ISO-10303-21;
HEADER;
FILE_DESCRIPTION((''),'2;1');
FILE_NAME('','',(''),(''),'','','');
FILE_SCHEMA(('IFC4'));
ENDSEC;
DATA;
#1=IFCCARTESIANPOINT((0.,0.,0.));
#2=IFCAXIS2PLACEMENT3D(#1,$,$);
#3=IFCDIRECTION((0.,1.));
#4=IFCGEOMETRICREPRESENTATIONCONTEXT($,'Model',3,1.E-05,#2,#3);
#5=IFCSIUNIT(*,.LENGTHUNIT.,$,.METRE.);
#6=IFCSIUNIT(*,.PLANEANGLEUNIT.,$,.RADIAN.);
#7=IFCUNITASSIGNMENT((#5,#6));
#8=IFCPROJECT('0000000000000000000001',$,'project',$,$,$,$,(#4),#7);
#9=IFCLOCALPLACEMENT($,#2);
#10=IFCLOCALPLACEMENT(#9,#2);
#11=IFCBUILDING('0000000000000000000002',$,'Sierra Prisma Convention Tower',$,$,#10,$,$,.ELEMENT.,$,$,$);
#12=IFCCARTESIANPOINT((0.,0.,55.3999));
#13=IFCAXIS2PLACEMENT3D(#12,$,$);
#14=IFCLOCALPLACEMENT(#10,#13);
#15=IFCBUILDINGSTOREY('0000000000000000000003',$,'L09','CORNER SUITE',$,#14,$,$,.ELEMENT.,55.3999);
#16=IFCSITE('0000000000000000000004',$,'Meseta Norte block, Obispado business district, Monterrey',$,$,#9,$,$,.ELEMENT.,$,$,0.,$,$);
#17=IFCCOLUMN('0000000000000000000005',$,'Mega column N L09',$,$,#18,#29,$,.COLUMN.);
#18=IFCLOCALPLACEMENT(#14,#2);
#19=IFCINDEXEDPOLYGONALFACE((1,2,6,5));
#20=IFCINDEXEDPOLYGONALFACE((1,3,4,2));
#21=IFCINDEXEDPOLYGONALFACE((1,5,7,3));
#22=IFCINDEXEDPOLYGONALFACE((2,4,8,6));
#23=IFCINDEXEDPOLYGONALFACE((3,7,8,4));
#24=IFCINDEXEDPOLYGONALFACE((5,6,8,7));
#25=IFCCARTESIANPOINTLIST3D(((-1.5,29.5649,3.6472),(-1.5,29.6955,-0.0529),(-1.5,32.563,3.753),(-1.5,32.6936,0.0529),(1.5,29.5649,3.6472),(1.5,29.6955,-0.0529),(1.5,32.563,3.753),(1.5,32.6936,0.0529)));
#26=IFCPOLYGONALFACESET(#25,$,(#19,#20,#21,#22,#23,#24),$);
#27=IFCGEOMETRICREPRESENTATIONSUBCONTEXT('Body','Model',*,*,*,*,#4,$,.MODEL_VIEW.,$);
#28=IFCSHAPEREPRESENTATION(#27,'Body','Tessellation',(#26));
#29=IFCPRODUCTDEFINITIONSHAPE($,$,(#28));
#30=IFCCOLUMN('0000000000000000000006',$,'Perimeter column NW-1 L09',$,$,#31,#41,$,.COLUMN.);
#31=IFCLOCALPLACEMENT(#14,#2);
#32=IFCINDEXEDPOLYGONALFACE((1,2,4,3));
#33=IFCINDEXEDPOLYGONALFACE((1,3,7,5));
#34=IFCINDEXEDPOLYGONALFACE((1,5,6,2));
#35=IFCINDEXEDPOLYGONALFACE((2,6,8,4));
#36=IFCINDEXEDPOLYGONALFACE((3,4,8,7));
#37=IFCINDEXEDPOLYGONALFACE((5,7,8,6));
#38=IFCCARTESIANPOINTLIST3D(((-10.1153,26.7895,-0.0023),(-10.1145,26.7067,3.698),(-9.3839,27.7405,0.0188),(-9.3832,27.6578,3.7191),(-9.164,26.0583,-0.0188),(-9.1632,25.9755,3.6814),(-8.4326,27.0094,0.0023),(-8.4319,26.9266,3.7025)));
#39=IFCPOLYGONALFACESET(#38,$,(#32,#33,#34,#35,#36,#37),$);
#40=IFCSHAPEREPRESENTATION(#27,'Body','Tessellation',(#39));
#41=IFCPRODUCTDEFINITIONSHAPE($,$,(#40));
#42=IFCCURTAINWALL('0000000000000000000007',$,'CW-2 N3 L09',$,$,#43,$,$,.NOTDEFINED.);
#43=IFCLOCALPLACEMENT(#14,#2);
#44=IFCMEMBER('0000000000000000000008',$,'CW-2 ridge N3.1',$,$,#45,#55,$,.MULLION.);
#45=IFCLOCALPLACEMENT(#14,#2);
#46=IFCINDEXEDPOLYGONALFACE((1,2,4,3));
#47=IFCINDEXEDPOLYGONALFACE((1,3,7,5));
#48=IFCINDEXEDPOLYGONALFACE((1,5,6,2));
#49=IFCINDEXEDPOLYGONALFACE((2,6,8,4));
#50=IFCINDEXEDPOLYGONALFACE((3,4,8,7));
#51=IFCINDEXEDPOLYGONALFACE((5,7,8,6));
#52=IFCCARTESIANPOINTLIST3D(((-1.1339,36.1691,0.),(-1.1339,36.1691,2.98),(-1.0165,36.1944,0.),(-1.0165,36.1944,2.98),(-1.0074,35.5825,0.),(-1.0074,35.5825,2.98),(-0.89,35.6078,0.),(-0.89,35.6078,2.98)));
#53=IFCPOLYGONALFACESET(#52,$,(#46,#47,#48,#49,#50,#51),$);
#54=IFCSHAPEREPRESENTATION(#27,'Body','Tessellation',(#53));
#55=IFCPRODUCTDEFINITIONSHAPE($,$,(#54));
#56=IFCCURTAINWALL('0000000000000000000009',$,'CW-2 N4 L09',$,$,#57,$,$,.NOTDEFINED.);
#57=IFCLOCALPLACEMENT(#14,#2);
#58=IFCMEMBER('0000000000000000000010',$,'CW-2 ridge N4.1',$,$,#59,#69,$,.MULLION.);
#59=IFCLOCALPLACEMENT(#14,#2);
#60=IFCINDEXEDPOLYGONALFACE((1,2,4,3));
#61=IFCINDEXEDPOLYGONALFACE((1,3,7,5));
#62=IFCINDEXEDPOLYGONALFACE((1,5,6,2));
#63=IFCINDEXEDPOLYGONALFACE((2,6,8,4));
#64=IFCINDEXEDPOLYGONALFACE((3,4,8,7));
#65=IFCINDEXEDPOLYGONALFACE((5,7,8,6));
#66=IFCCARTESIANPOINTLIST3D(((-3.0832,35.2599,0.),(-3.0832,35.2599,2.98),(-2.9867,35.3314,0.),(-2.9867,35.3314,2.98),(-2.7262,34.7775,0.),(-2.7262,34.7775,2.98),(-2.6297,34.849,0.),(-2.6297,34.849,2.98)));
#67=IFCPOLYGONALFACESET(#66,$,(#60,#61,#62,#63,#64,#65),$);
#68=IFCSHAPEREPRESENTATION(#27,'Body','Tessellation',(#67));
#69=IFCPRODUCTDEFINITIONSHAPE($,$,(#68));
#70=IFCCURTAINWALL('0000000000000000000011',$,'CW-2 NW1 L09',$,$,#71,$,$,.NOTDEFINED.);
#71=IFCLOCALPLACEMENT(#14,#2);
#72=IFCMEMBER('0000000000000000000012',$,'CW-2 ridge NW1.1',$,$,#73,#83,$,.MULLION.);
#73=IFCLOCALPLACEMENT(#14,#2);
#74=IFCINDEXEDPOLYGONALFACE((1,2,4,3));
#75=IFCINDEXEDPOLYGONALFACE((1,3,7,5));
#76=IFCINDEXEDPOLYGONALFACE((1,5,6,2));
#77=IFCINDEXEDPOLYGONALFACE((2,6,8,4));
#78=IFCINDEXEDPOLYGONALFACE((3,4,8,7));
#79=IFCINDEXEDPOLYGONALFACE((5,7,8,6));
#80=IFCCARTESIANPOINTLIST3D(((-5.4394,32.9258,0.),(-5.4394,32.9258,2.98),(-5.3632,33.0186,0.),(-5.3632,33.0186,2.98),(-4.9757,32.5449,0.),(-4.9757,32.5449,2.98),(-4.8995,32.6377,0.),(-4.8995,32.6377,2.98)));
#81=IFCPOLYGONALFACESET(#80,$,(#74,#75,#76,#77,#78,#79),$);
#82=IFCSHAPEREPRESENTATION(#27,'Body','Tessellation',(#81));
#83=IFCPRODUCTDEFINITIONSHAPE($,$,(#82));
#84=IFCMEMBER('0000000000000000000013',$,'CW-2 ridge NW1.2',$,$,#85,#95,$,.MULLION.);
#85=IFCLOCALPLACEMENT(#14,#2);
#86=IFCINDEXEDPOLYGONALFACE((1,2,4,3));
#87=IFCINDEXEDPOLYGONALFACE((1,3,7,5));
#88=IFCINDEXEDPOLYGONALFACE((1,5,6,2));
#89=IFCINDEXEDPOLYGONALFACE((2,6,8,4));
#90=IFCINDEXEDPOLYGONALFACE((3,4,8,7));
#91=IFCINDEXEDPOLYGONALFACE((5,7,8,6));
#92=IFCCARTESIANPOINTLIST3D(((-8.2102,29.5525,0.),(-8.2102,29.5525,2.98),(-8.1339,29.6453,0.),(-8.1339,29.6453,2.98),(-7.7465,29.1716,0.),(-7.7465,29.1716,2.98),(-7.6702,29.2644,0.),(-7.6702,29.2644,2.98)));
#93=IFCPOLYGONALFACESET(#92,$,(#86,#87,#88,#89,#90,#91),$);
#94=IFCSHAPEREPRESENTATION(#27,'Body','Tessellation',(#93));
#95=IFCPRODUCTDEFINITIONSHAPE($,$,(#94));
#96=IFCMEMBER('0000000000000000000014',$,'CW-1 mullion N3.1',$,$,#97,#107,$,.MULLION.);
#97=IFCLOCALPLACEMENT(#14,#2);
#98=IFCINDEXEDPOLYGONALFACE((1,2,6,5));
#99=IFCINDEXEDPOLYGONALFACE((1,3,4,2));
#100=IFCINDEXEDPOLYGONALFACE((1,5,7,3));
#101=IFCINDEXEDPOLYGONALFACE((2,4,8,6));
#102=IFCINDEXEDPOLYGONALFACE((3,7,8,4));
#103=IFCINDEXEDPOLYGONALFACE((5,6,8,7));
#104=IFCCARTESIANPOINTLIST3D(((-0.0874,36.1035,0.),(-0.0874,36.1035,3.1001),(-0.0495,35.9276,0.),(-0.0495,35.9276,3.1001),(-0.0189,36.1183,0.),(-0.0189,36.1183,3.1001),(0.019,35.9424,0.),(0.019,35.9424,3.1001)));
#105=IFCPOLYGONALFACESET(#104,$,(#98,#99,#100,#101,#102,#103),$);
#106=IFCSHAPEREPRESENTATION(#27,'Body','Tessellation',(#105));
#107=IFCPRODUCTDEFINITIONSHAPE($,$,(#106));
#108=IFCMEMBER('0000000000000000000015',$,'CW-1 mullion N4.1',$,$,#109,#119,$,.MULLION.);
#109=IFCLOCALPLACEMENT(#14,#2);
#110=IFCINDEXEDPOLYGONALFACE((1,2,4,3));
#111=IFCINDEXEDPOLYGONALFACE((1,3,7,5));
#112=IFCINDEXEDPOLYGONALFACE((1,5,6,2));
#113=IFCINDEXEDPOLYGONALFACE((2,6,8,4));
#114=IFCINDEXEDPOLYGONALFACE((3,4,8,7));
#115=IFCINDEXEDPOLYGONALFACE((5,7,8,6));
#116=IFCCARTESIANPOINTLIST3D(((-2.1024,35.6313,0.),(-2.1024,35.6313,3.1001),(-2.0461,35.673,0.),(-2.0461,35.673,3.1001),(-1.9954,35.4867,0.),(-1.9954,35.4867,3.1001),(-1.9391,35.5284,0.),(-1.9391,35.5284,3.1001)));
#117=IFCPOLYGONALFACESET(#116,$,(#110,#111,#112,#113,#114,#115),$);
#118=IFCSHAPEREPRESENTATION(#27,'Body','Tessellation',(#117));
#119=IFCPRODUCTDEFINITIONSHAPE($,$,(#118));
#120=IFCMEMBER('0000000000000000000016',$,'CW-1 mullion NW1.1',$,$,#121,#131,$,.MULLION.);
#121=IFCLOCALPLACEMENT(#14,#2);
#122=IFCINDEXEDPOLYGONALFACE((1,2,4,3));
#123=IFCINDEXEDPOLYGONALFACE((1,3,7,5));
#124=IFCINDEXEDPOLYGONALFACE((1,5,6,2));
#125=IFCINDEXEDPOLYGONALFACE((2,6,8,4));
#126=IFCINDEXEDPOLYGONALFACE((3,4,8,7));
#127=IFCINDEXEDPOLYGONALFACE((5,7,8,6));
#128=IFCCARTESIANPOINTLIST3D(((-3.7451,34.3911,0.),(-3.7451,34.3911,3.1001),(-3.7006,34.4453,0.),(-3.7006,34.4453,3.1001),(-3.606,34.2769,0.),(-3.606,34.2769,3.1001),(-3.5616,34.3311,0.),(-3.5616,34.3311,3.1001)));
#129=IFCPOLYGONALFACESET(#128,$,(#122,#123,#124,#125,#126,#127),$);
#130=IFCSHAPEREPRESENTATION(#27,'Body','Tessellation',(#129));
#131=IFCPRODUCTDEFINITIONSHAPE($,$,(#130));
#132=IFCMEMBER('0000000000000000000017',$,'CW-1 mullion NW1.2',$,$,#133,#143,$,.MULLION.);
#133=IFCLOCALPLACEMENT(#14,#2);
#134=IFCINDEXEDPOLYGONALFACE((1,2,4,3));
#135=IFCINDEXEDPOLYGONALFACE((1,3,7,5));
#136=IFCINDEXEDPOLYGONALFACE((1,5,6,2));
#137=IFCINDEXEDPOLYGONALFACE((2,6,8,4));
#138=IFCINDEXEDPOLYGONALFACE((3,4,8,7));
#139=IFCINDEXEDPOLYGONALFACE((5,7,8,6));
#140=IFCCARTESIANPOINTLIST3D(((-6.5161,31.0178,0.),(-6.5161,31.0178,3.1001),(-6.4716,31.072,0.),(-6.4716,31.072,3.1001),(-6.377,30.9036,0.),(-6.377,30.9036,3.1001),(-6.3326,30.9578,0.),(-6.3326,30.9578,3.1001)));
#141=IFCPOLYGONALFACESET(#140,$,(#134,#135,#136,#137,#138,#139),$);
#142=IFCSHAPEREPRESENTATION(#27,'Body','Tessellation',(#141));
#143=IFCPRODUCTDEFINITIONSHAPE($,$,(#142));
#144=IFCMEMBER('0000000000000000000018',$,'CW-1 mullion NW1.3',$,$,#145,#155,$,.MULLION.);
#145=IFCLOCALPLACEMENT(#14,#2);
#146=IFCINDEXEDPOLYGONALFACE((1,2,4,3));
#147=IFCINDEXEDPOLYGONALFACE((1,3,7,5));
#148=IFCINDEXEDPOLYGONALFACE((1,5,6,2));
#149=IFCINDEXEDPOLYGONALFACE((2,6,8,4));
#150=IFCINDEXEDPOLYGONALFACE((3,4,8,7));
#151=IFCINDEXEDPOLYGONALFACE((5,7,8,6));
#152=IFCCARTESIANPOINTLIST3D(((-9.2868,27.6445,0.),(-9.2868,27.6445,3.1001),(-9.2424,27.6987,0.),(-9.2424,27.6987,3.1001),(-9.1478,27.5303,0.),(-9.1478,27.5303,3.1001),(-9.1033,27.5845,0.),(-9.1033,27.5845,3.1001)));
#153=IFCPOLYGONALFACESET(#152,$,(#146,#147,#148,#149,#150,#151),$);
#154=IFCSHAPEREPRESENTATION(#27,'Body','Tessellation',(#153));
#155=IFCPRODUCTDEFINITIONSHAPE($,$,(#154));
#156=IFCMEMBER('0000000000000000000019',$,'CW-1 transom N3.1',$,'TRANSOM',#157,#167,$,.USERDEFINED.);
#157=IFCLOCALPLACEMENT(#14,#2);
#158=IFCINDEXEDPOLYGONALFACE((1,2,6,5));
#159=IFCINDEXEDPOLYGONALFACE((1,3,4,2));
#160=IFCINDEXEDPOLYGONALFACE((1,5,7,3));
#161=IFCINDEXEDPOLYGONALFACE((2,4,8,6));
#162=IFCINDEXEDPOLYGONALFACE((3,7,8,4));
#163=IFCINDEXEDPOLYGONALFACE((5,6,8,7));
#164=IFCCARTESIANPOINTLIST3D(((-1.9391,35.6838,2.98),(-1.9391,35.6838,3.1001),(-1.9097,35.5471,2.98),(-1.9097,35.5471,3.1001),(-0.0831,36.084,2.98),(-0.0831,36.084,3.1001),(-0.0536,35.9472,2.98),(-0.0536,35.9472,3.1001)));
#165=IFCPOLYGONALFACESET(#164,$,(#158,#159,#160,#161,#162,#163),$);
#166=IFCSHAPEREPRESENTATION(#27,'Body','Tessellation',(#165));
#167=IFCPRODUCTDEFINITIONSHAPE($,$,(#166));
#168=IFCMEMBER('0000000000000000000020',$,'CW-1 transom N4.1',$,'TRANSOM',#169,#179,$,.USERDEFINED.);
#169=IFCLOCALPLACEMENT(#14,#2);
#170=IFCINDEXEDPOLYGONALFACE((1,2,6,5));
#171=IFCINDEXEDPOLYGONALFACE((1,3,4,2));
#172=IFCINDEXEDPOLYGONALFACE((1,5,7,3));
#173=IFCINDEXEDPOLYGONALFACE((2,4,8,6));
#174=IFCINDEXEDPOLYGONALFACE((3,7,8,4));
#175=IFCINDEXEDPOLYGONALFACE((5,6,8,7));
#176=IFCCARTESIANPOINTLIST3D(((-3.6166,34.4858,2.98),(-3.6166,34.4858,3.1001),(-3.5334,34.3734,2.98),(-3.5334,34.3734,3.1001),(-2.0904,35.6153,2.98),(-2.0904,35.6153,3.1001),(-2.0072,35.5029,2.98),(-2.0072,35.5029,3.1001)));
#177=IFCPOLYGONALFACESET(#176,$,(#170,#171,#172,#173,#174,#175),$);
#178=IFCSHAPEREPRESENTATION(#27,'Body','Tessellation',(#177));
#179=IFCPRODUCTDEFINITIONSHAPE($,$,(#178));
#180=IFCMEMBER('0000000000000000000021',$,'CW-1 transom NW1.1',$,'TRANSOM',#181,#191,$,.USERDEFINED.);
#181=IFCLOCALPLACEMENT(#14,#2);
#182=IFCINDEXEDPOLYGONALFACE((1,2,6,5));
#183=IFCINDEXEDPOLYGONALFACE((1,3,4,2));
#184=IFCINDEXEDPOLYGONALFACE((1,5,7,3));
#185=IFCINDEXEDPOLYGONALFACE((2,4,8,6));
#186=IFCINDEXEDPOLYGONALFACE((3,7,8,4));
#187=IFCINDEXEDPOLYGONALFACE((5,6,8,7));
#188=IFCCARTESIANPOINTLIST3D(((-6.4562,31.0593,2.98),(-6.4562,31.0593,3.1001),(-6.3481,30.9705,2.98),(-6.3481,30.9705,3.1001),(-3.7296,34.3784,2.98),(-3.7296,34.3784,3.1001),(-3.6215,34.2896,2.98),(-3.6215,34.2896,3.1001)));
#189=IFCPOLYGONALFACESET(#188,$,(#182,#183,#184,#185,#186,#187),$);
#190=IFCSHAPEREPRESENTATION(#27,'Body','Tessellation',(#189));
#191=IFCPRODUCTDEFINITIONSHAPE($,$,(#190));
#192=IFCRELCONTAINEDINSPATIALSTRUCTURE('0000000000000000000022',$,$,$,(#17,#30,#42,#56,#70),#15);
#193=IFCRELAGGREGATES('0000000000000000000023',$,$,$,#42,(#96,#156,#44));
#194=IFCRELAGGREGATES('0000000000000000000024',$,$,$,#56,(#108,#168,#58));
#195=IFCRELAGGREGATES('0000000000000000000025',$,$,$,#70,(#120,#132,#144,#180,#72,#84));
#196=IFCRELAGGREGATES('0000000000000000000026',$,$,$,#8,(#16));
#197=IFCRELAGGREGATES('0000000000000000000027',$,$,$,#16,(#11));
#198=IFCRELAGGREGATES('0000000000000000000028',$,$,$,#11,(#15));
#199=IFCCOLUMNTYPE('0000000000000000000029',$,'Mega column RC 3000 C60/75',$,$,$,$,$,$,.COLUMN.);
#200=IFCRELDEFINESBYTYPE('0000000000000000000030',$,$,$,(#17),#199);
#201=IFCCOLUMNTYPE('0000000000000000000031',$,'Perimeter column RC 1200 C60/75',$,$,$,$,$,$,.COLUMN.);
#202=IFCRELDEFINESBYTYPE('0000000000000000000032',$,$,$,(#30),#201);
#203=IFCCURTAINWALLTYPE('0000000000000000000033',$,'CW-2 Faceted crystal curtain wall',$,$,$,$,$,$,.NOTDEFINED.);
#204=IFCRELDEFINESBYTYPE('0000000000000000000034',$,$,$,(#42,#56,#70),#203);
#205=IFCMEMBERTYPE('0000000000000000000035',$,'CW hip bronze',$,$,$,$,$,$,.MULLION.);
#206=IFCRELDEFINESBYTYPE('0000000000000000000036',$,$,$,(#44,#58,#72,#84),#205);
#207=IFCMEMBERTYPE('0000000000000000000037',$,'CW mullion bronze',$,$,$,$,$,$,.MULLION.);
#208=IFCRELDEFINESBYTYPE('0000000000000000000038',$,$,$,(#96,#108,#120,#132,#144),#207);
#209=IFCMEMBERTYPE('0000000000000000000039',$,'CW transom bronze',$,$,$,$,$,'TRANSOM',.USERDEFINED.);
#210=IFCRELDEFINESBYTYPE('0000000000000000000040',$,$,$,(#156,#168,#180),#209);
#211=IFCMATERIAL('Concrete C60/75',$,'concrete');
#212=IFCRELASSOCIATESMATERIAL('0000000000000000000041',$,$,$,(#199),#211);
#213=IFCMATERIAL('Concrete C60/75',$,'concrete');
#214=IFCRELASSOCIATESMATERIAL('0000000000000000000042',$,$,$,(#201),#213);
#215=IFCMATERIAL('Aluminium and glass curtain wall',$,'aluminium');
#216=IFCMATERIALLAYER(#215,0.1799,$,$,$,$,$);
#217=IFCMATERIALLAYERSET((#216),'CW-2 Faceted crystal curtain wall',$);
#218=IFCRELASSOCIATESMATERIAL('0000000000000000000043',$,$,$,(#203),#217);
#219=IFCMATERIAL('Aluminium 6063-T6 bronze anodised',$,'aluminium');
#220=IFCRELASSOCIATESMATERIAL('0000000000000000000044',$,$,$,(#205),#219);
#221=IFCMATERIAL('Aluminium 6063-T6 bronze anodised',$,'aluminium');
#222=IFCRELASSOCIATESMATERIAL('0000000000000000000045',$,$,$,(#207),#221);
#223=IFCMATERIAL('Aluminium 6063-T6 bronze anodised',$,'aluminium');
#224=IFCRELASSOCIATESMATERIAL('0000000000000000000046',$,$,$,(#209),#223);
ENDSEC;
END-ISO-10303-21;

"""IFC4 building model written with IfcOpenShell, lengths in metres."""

from ifc_helpers import new_model, si_unit, direction, frame, origin, origin_2d, place, context, subcontext, project, spatial, rectangle, extrude, material, layer, layer_set, material_profile, profile_set, type_object, element, aggregate, save


model = new_model("IFC4")

# Units and contexts
model_context = context("Model", 3, precision=1e-05, world=origin(), true_north=direction((0.0, 1.0)))
body_context = subcontext(model_context, "Body", "Model", "MODEL_VIEW")
ifc_project = project(units=[si_unit("LENGTHUNIT", "METRE"), si_unit("PLANEANGLEUNIT", "RADIAN")], contexts=[model_context])

# Site, building, storey
site_placement = place(None, origin())
site = spatial("IfcSite", under=ifc_project, at=site_placement, Name="Meseta Norte block, Obispado business district, Monterrey", CompositionType="ELEMENT", RefElevation=0.0)
building_placement = place(site_placement, origin())
building = spatial("IfcBuilding", under=site, at=building_placement, Name="Sierra Prisma Convention Tower", CompositionType="ELEMENT")
storey_placement = place(building_placement, frame((0.0, 0.0, 55.3999)))
storey = spatial("IfcBuildingStorey", under=building, at=storey_placement, Name="L09", Description="CORNER SUITE", CompositionType="ELEMENT", Elevation=55.3999)

# Columns
ifc_material_1 = material(Name="Concrete C60/75", Category="concrete")
ifc_material_profile_1 = material_profile(ifc_material_1, rectangle(XDim=3.0, YDim=3.0, at=origin_2d()), Name="Mega column RC 3000 C60/75")
ifc_profile_set_1 = profile_set([ifc_material_profile_1], Name="Concrete C60/75")
column_type_1 = type_object("IfcColumnType", Name="Mega column RC 3000 C60/75", PredefinedType="COLUMN", material=ifc_profile_set_1)
column_1_placement = place(storey_placement, frame((0.0, 31.1946, 0.0), z_axis=(0.0, -0.035278, 0.999378), x_axis=(1.0, 0.0, 0.0)))
element("IfcColumn", 1, at=column_1_placement, inside=storey, type_object=column_type_1, Name="Mega column N L09", PredefinedType="COLUMN", context=body_context, shape_type="SweptSolid", body=[
    extrude(rectangle(XDim=3.0, YDim=3.0, at=origin_2d()), origin(), (0.0, 0.0, 1.0), 3.7024),
])
ifc_material_2 = material(Name="Concrete C60/75", Category="concrete")
ifc_material_profile_2 = material_profile(ifc_material_2, rectangle(XDim=1.2, YDim=1.2, at=origin_2d()), Name="Perimeter column RC 1200 C60/75")
ifc_profile_set_2 = profile_set([ifc_material_profile_2], Name="Concrete C60/75")
column_type_2 = type_object("IfcColumnType", Name="Perimeter column RC 1200 C60/75", PredefinedType="COLUMN", material=ifc_profile_set_2)
column_2_placement = place(storey_placement, frame((-9.2739, 26.8994, 0.0), z_axis=(0.000198, -0.022362, 0.99975), x_axis=(0.609501, 0.79259, 0.017608)))
element("IfcColumn", 2, at=column_2_placement, inside=storey, type_object=column_type_2, Name="Perimeter column NW-1 L09", PredefinedType="COLUMN", context=body_context, shape_type="SweptSolid", body=[
    extrude(rectangle(XDim=1.2, YDim=1.2, at=origin_2d()), origin(), (0.0, 0.0, 1.0), 3.7012),
])

# Curtain walls, members
ifc_material_3 = material(Name="Aluminium and glass curtain wall", Category="aluminium")
ifc_layer_1 = layer(ifc_material_3, 0.1799)
ifc_layer_set_1 = layer_set([ifc_layer_1], Name="CW-2 Faceted crystal curtain wall")
curtain_wall_type = type_object("IfcCurtainWallType", Name="CW-2 Faceted crystal curtain wall", PredefinedType="NOTDEFINED", material=ifc_layer_set_1)
curtain_wall_1_placement = place(storey_placement, origin())
curtain_wall_1 = element("IfcCurtainWall", 3, at=curtain_wall_1_placement, inside=storey, type_object=curtain_wall_type, Name="CW-2 N3 L09", PredefinedType="NOTDEFINED")
ifc_material_4 = material(Name="Aluminium 6063-T6 bronze anodised", Category="aluminium")
ifc_material_profile_3 = material_profile(ifc_material_4, rectangle(XDim=0.1201, YDim=0.6001, at=origin_2d()), Name="ALU RIDGE BLADE 120x600")
ifc_profile_set_3 = profile_set([ifc_material_profile_3], Name="Aluminium 6063-T6 bronze anodised")
member_type_1 = type_object("IfcMemberType", Name="CW hip bronze", PredefinedType="MULLION", material=ifc_profile_set_3)
member_1_placement = place(storey_placement, frame((-1.012, 35.8884, 0.0), z_axis=(0.0, 0.0, 1.0), x_axis=(-0.977536, -0.21077, 0.0)))
member_1 = element("IfcMember", 4, at=member_1_placement, type_object=member_type_1, Name="CW-2 ridge N3.1", PredefinedType="MULLION", context=body_context, shape_type="SweptSolid", body=[
    extrude(rectangle(XDim=0.1201, YDim=0.6001, at=origin_2d()), origin(), (0.0, 0.0, 1.0), 2.98),
])
curtain_wall_2_placement = place(storey_placement, origin())
curtain_wall_2 = element("IfcCurtainWall", 5, at=curtain_wall_2_placement, inside=storey, type_object=curtain_wall_type, Name="CW-2 N4 L09", PredefinedType="NOTDEFINED")
member_2_placement = place(storey_placement, frame((-2.8564, 35.0544, 0.0), z_axis=(0.0, 0.0, 1.0), x_axis=(-0.803832, -0.594857, 0.0)))
member_2 = element("IfcMember", 6, at=member_2_placement, type_object=member_type_1, Name="CW-2 ridge N4.1", PredefinedType="MULLION", context=body_context, shape_type="SweptSolid", body=[
    extrude(rectangle(XDim=0.1201, YDim=0.6001, at=origin_2d()), origin(), (0.0, 0.0, 1.0), 2.98),
])

# Curtain wall, members
curtain_wall_3_placement = place(storey_placement, origin())
curtain_wall_3 = element("IfcCurtainWall", 7, at=curtain_wall_3_placement, inside=storey, type_object=curtain_wall_type, Name="CW-2 NW1 L09", PredefinedType="NOTDEFINED")
member_3_placement = place(storey_placement, frame((-5.1694, 32.7817, 0.0), z_axis=(0.0, 0.0, 1.0), x_axis=(-0.634735, -0.77273, 0.0)))
member_3 = element("IfcMember", 8, at=member_3_placement, type_object=member_type_1, Name="CW-2 ridge NW1.1", PredefinedType="MULLION", context=body_context, shape_type="SweptSolid", body=[
    extrude(rectangle(XDim=0.1201, YDim=0.6001, at=origin_2d()), origin(), (0.0, 0.0, 1.0), 2.98),
])
member_4_placement = place(storey_placement, frame((-7.9402, 29.4084, 0.0), z_axis=(0.0, 0.0, 1.0), x_axis=(-0.634735, -0.77273, 0.0)))
member_4 = element("IfcMember", 9, at=member_4_placement, type_object=member_type_1, Name="CW-2 ridge NW1.2", PredefinedType="MULLION", context=body_context, shape_type="SweptSolid", body=[
    extrude(rectangle(XDim=0.1201, YDim=0.6001, at=origin_2d()), origin(), (0.0, 0.0, 1.0), 2.98),
])

# Members
ifc_material_5 = material(Name="Aluminium 6063-T6 bronze anodised", Category="aluminium")
ifc_material_profile_4 = material_profile(ifc_material_5, rectangle(XDim=0.1799, YDim=0.0701, at=origin_2d()), Name="ALU MULLION 70x180")
ifc_profile_set_4 = profile_set([ifc_material_profile_4], Name="Aluminium 6063-T6 bronze anodised")
member_type_2 = type_object("IfcMemberType", Name="CW mullion bronze", PredefinedType="MULLION", material=ifc_profile_set_4)
member_5_placement = place(storey_placement, frame((-0.0342, 36.0229, 0.0), z_axis=(0.0, 0.0, 1.0), x_axis=(0.21077, -0.977536, 0.0)))
member_5 = element("IfcMember", 10, at=member_5_placement, type_object=member_type_2, Name="CW-1 mullion N3.1", PredefinedType="MULLION", context=body_context, shape_type="SweptSolid", body=[
    extrude(rectangle(XDim=0.1799, YDim=0.0701, at=origin_2d()), origin(), (0.0, 0.0, 1.0), 3.1001),
])
member_6_placement = place(storey_placement, frame((-2.0208, 35.5798, 0.0), z_axis=(0.0, 0.0, 1.0), x_axis=(0.594857, -0.803832, 0.0)))
member_6 = element("IfcMember", 11, at=member_6_placement, type_object=member_type_2, Name="CW-1 mullion N4.1", PredefinedType="MULLION", context=body_context, shape_type="SweptSolid", body=[
    extrude(rectangle(XDim=0.1799, YDim=0.0701, at=origin_2d()), origin(), (0.0, 0.0, 1.0), 3.1001),
])
member_7_placement = place(storey_placement, frame((-3.6533, 34.3611, 0.0), z_axis=(0.0, 0.0, 1.0), x_axis=(0.77273, -0.634735, 0.0)))
member_7 = element("IfcMember", 12, at=member_7_placement, type_object=member_type_2, Name="CW-1 mullion NW1.1", PredefinedType="MULLION", context=body_context, shape_type="SweptSolid", body=[
    extrude(rectangle(XDim=0.1799, YDim=0.0701, at=origin_2d()), origin(), (0.0, 0.0, 1.0), 3.1001),
])
member_8_placement = place(storey_placement, frame((-6.4243, 30.9878, 0.0), z_axis=(0.0, 0.0, 1.0), x_axis=(0.77273, -0.634735, 0.0)))
member_8 = element("IfcMember", 13, at=member_8_placement, type_object=member_type_2, Name="CW-1 mullion NW1.2", PredefinedType="MULLION", context=body_context, shape_type="SweptSolid", body=[
    extrude(rectangle(XDim=0.1799, YDim=0.0701, at=origin_2d()), origin(), (0.0, 0.0, 1.0), 3.1001),
])
member_9_placement = place(storey_placement, frame((-9.1951, 27.6145, 0.0), z_axis=(0.0, 0.0, 1.0), x_axis=(0.77273, -0.634735, 0.0)))
member_9 = element("IfcMember", 14, at=member_9_placement, type_object=member_type_2, Name="CW-1 mullion NW1.3", PredefinedType="MULLION", context=body_context, shape_type="SweptSolid", body=[
    extrude(rectangle(XDim=0.1799, YDim=0.0701, at=origin_2d()), origin(), (0.0, 0.0, 1.0), 3.1001),
])
ifc_material_6 = material(Name="Aluminium 6063-T6 bronze anodised", Category="aluminium")
ifc_material_profile_5 = material_profile(ifc_material_6, rectangle(XDim=0.1399, YDim=0.1201, at=origin_2d()), Name="ALU TRANSOM 120x140")
ifc_profile_set_5 = profile_set([ifc_material_profile_5], Name="Aluminium 6063-T6 bronze anodised")
member_type_3 = type_object("IfcMemberType", Name="CW transom bronze", ElementType="TRANSOM", PredefinedType="USERDEFINED", material=ifc_profile_set_5)
member_10_placement = place(storey_placement, frame((-0.0684, 36.0156, 3.04), z_axis=(-0.977538, -0.210758, 0.0), x_axis=(0.210758, -0.977538, 0.0)))
member_10 = element("IfcMember", 15, at=member_10_placement, type_object=member_type_3, Name="CW-1 transom N3.1", ObjectType="TRANSOM", PredefinedType="USERDEFINED", context=body_context, shape_type="SweptSolid", body=[
    extrude(rectangle(XDim=0.1399, YDim=0.1201, at=origin_2d()), origin(), (0.0, 0.0, 1.0), 1.8987),
])
member_11_placement = place(storey_placement, frame((-2.0488, 35.5591, 3.04), z_axis=(-0.803826, -0.594865, 0.0), x_axis=(0.594865, -0.803826, 0.0)))
member_11 = element("IfcMember", 16, at=member_11_placement, type_object=member_type_3, Name="CW-1 transom N4.1", ObjectType="TRANSOM", PredefinedType="USERDEFINED", context=body_context, shape_type="SweptSolid", body=[
    extrude(rectangle(XDim=0.1399, YDim=0.1201, at=origin_2d()), origin(), (0.0, 0.0, 1.0), 1.8987),
])
member_12_placement = place(storey_placement, frame((-3.6755, 34.334, 3.04), z_axis=(-0.634762, -0.772707, 0.0), x_axis=(0.772707, -0.634762, 0.0)))
member_12 = element("IfcMember", 17, at=member_12_placement, type_object=member_type_3, Name="CW-1 transom NW1.1", ObjectType="TRANSOM", PredefinedType="USERDEFINED", context=body_context, shape_type="SweptSolid", body=[
    extrude(rectangle(XDim=0.1399, YDim=0.1201, at=origin_2d()), origin(), (0.0, 0.0, 1.0), 4.2954),
])

aggregate(curtain_wall_1, [member_5, member_10, member_1])
aggregate(curtain_wall_2, [member_6, member_11, member_2])
aggregate(curtain_wall_3, [member_7, member_8, member_9, member_12, member_3, member_4])

save(model, "model.ifc")
